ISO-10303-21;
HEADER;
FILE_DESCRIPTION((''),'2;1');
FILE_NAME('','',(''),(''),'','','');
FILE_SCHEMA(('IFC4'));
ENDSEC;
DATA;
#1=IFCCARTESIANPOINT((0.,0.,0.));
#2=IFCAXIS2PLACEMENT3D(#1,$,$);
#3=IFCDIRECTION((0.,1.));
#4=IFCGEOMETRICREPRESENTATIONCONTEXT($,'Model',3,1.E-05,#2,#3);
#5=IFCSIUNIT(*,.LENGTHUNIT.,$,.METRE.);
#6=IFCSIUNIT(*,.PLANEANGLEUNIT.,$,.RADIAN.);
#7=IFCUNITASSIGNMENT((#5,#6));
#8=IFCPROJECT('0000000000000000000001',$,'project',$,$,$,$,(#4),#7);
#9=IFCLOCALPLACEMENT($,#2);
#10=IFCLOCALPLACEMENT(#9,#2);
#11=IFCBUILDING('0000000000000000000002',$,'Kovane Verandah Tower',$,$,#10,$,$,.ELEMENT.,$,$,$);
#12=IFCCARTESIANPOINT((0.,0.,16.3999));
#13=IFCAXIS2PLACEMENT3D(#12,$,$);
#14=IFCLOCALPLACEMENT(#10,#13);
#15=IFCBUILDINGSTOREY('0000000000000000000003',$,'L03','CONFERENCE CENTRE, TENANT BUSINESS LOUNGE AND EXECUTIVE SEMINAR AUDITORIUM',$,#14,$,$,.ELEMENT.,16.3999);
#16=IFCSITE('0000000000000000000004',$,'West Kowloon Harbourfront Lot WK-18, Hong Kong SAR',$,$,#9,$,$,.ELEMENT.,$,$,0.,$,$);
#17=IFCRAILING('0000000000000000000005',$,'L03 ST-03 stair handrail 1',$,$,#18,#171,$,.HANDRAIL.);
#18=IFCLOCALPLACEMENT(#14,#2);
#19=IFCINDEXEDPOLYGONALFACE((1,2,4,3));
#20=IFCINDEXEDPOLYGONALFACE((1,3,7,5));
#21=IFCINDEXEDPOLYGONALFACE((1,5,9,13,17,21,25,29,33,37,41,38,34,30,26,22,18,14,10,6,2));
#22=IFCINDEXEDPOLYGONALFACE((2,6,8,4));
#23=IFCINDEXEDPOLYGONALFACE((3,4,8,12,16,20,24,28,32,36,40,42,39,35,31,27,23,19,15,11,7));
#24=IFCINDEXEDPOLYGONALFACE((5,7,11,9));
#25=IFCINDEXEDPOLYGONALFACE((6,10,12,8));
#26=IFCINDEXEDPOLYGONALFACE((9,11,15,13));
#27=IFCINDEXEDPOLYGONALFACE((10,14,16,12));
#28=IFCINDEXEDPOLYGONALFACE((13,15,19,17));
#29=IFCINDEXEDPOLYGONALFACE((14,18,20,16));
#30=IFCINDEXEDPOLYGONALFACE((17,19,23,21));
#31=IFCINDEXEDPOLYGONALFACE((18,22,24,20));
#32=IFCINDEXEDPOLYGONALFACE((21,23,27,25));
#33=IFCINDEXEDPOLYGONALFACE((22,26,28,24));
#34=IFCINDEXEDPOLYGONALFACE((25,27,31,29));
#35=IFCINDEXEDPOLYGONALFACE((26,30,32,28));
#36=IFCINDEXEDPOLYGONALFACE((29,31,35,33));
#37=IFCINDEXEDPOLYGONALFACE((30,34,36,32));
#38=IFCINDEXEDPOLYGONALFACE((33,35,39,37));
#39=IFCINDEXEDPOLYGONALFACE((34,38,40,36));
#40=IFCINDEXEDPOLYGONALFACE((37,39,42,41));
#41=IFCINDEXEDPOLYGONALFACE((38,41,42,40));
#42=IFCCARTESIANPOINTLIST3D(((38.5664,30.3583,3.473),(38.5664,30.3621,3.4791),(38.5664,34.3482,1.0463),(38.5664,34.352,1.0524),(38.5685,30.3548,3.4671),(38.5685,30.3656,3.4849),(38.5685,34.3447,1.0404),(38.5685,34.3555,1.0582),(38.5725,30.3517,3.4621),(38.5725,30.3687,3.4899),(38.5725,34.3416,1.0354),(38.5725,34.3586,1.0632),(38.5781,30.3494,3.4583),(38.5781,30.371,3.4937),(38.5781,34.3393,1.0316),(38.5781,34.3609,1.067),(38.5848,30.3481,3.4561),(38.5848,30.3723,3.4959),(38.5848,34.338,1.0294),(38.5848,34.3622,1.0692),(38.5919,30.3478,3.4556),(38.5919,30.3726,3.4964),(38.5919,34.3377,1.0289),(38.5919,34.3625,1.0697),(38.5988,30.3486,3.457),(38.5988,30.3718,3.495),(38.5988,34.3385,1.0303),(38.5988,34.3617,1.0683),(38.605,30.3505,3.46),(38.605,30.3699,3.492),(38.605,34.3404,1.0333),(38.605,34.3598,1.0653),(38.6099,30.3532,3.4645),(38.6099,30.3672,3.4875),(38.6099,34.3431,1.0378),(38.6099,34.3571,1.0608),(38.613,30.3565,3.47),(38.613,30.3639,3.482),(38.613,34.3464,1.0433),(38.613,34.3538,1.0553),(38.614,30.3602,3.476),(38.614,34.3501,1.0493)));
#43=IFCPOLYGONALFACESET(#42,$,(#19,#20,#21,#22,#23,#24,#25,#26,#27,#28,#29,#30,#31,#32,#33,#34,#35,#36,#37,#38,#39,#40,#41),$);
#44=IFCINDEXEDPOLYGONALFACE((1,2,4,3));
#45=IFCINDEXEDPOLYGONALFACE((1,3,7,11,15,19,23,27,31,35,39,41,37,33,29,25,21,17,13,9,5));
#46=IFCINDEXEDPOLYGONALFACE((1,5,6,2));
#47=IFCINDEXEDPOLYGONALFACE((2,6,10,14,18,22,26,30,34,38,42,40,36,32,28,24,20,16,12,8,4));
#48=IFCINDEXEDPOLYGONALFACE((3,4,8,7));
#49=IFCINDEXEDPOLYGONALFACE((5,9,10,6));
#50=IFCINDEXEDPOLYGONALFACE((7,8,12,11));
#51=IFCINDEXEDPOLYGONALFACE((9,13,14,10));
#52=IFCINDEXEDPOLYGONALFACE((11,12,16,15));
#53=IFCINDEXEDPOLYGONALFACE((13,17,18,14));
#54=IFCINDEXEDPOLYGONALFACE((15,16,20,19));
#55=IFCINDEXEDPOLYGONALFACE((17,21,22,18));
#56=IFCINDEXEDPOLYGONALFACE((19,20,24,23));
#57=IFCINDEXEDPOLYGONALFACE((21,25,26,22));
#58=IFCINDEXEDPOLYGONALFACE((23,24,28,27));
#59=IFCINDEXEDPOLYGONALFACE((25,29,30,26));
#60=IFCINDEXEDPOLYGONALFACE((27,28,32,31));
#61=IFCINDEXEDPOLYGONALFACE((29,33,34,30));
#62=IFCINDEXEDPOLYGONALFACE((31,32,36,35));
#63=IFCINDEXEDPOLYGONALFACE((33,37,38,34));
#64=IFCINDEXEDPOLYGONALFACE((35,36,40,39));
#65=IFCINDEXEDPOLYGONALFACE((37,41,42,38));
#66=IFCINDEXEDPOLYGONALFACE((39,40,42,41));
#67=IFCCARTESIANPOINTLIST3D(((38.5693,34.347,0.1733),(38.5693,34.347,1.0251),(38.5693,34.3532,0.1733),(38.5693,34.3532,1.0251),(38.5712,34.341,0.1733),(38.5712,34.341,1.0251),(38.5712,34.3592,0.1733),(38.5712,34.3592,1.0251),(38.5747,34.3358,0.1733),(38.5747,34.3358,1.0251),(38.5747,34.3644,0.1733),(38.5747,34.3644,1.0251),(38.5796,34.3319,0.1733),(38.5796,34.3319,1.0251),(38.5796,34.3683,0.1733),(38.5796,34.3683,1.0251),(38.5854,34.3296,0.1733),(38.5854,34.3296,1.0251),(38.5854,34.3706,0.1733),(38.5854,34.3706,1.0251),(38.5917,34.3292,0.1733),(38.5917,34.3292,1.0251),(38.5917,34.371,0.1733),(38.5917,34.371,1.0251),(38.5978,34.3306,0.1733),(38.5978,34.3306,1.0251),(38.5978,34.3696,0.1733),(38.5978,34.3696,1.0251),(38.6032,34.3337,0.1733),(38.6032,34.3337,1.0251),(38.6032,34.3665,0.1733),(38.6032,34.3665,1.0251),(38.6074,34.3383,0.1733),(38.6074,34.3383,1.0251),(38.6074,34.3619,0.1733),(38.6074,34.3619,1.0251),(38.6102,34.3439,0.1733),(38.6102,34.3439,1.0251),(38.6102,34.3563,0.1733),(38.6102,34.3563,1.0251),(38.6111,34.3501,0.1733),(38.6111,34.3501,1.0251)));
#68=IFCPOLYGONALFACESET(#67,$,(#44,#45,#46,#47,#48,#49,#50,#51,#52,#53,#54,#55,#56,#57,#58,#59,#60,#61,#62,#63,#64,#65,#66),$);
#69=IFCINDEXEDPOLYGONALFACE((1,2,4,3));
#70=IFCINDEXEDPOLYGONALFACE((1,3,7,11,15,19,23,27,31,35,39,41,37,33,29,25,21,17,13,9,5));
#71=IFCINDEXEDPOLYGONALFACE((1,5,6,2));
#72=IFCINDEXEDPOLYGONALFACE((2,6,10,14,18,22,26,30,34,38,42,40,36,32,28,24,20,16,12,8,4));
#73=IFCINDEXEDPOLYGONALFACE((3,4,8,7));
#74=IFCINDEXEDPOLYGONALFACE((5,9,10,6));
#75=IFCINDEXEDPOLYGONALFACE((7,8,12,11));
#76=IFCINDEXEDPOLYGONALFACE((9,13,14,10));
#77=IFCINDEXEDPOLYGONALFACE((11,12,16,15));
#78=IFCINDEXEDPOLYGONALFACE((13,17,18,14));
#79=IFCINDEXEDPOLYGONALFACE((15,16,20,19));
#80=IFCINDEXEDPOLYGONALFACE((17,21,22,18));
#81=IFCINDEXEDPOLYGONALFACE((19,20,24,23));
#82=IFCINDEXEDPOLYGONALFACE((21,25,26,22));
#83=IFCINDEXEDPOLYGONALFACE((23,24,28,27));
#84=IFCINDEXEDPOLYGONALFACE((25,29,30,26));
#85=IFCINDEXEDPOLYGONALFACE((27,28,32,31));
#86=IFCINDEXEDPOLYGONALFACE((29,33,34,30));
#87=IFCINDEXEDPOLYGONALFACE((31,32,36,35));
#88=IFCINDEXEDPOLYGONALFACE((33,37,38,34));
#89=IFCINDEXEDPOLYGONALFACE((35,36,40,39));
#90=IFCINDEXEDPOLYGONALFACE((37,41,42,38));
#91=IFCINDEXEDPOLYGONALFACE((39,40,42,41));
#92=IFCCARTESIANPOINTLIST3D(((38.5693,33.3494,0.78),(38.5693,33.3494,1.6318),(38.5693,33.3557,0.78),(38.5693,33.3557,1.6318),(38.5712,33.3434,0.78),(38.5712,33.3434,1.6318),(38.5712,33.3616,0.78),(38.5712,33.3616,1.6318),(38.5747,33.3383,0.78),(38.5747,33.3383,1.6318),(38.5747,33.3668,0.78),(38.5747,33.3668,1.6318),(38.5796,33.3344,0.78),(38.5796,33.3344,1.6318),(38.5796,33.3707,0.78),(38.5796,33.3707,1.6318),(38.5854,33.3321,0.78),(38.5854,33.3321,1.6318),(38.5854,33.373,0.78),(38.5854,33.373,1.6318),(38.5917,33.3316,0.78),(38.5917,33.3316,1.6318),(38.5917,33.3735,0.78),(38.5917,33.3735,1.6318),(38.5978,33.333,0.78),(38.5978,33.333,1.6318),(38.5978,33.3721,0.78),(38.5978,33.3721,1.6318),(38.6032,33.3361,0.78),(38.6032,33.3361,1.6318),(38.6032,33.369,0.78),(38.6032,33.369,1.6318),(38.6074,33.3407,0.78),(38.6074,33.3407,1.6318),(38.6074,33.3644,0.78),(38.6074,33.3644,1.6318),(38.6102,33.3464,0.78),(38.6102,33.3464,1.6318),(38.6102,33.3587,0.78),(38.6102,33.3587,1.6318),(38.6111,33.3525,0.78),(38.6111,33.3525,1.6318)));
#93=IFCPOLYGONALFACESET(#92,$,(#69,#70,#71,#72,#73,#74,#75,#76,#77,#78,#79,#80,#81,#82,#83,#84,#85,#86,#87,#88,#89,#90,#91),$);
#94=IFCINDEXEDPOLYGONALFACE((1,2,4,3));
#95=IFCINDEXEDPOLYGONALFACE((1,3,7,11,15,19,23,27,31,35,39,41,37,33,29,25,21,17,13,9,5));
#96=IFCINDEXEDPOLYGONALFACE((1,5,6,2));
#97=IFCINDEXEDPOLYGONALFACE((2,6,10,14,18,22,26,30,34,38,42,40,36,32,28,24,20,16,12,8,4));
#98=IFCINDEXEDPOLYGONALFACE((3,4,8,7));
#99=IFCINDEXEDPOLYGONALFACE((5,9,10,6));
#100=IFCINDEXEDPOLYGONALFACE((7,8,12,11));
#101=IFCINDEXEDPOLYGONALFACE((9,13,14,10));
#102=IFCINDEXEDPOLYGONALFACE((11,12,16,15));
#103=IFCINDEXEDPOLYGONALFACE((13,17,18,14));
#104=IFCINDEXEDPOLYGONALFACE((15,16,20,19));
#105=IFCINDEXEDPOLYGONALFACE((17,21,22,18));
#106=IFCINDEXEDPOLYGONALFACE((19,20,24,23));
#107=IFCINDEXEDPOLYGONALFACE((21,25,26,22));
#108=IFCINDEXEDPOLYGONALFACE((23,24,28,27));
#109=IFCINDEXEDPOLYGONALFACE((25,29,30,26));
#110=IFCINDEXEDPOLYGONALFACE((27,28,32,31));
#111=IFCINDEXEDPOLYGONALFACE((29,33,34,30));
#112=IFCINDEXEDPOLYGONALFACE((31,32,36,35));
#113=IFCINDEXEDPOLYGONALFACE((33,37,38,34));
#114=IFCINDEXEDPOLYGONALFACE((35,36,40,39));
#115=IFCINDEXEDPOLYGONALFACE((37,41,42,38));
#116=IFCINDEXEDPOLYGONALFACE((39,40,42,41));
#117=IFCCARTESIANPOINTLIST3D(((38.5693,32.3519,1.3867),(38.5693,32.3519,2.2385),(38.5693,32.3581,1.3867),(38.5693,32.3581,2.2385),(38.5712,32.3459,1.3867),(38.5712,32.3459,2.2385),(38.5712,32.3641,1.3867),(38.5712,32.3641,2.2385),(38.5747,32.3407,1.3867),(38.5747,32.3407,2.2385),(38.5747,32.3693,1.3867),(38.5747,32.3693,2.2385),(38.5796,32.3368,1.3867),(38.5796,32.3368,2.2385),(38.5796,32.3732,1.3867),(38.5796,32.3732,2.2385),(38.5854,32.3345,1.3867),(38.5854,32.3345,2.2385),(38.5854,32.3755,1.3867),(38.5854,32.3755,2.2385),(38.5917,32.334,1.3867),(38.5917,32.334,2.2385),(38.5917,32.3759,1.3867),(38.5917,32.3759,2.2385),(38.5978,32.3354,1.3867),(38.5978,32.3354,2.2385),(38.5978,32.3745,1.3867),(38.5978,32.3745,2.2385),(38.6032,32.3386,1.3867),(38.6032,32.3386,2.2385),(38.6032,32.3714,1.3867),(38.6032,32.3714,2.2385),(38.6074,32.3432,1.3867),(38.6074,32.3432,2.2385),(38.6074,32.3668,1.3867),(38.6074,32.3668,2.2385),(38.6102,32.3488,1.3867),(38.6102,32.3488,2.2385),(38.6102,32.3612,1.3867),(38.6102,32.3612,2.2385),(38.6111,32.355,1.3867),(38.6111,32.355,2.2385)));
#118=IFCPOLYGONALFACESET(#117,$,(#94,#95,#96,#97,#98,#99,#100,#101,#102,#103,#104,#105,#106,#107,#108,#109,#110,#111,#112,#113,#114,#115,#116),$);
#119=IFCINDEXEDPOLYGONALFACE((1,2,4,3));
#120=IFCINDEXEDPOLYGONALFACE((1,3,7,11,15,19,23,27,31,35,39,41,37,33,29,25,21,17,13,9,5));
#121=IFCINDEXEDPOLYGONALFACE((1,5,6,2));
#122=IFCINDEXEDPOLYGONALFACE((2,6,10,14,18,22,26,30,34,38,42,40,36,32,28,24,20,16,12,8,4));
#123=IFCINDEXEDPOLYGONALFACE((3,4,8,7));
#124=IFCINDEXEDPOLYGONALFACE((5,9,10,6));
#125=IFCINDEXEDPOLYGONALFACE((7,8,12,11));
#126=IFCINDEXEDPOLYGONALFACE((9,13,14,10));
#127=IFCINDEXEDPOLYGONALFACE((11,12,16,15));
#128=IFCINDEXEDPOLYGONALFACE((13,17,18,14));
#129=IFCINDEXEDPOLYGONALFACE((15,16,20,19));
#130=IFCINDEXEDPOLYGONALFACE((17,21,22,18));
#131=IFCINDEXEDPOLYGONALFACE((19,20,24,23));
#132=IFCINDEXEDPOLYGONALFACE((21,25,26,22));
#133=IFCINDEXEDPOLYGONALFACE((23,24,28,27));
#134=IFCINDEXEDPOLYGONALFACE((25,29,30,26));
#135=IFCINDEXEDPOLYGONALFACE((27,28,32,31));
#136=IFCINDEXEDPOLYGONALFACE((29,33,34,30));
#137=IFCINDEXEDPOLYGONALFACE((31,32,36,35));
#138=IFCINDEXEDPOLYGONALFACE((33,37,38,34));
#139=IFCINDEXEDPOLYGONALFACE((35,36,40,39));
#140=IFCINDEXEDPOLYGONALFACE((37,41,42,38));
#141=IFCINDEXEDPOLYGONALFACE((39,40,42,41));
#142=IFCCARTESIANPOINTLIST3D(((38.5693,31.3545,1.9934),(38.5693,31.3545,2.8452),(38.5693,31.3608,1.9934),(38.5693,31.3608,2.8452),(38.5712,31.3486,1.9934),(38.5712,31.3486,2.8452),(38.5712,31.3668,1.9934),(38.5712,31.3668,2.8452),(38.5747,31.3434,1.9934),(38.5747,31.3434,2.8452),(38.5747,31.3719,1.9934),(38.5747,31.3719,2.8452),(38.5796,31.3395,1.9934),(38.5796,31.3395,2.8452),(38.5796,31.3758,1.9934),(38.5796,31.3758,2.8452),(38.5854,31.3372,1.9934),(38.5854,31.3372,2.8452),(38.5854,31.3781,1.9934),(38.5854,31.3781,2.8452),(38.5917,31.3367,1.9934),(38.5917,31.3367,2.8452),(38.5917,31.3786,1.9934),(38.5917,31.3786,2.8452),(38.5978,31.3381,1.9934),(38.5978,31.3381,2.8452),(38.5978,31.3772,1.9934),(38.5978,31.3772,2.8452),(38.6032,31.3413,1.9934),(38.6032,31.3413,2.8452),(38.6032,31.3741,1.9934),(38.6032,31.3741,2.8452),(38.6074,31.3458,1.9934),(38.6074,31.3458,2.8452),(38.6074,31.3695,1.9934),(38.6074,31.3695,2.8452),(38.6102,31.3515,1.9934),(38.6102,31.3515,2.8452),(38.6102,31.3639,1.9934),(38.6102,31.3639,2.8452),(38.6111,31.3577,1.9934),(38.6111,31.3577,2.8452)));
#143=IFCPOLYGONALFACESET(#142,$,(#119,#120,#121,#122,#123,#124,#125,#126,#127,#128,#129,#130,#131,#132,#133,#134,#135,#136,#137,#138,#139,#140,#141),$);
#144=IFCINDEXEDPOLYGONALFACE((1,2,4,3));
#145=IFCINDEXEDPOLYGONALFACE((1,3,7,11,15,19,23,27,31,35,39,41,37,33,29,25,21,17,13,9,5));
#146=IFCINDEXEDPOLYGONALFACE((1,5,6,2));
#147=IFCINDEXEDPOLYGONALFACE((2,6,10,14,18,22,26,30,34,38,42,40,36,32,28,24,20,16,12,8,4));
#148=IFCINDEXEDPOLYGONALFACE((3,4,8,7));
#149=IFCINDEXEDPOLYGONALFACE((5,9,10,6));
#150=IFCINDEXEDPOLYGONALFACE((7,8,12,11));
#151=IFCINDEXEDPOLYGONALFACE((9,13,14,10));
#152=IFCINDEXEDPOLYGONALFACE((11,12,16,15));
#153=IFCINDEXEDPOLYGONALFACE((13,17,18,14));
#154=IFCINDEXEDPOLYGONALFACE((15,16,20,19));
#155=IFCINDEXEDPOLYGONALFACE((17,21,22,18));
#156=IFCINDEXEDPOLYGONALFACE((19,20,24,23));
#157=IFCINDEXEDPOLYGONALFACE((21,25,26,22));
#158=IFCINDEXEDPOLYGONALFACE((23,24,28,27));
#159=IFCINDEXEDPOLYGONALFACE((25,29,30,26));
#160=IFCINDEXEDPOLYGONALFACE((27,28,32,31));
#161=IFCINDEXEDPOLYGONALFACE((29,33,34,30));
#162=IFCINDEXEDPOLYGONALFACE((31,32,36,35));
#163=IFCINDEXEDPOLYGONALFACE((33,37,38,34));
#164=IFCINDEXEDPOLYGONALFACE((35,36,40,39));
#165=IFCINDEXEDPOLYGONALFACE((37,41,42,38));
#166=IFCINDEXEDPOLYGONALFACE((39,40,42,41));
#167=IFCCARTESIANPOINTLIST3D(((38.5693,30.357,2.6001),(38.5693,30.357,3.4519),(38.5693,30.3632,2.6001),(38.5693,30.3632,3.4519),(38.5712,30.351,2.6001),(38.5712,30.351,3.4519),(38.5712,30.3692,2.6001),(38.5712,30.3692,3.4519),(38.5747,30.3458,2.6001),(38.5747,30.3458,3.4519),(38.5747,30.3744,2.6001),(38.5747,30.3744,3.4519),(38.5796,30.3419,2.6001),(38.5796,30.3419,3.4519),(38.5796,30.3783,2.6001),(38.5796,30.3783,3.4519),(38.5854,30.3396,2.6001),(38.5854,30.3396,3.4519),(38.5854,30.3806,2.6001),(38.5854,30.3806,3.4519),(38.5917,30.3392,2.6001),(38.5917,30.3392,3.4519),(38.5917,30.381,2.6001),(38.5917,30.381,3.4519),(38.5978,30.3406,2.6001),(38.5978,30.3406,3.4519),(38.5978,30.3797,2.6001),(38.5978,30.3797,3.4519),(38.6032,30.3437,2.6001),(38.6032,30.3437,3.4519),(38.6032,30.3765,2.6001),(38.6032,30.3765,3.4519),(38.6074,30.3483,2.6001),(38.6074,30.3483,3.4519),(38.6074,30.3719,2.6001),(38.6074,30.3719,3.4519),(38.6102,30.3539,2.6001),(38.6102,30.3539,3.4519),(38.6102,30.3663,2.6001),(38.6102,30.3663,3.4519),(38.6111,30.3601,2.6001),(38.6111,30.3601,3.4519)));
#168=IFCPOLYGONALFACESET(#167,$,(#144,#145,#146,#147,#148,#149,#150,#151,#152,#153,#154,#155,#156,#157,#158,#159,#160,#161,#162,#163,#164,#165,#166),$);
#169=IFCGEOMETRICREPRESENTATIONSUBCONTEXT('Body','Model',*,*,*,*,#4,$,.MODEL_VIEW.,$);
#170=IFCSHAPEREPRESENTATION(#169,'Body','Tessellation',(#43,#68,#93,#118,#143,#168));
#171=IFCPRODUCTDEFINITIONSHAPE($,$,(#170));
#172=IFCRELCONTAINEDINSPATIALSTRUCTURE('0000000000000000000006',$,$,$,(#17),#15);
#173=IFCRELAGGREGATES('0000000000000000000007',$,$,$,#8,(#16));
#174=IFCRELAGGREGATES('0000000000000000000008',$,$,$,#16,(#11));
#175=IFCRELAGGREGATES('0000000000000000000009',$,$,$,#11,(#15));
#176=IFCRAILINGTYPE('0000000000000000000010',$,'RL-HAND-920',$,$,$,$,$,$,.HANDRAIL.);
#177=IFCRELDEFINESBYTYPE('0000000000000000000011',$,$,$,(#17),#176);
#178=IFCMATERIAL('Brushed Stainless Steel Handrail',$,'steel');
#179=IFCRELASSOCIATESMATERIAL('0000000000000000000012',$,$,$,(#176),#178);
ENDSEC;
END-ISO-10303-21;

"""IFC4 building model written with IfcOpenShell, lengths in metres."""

from ifc_helpers import new_model, si_unit, direction, frame, origin, origin_2d, place, context, subcontext, project, spatial, circle, extrude, material, type_object, element, save


model = new_model("IFC4")

# Units and contexts
model_context = context("Model", 3, precision=1e-05, world=origin(), true_north=direction((0.0, 1.0)))
body_context = subcontext(model_context, "Body", "Model", "MODEL_VIEW")
ifc_project = project(units=[si_unit("LENGTHUNIT", "METRE"), si_unit("PLANEANGLEUNIT", "RADIAN")], contexts=[model_context])

# Site, building, storey
site_placement = place(None, origin())
site = spatial("IfcSite", under=ifc_project, at=site_placement, Name="West Kowloon Harbourfront Lot WK-18, Hong Kong SAR", CompositionType="ELEMENT", RefElevation=0.0)
building_placement = place(site_placement, origin())
building = spatial("IfcBuilding", under=site, at=building_placement, Name="Kovane Verandah Tower", CompositionType="ELEMENT")
storey_placement = place(building_placement, frame((0.0, 0.0, 16.3999)))
storey = spatial("IfcBuildingStorey", under=building, at=storey_placement, Name="L03", Description="CONFERENCE CENTRE, TENANT BUSINESS LOUNGE AND EXECUTIVE SEMINAR AUDITORIUM", CompositionType="ELEMENT", Elevation=16.3999)

# Railing
ifc_material_1 = material(Name="Brushed Stainless Steel Handrail", Category="steel")
railing_type_1 = type_object("IfcRailingType", Name="RL-HAND-920", PredefinedType="HANDRAIL", material=ifc_material_1)
for number, where, name in (
    (1, (38.5901, 34.3501, 0.1733), "L03 ST-03 stair handrail 1"),
):
    element("IfcRailing", number, at=place(storey_placement, frame(where)), inside=storey, type_object=railing_type_1, Name=name, PredefinedType="HANDRAIL", context=body_context, shape_type="SweptSolid", body=[
        extrude(circle(Radius=0.0239, at=origin_2d()), frame((0.0, 0.0, 0.876), z_axis=(0.0, -0.854382, 0.519645), x_axis=(1.0, 0.0, 0.0)), (0.0, 0.0, 1.0), 4.6699),
        extrude(circle(Radius=0.021, at=origin_2d()), origin(), (0.0, 0.0, 1.0), 0.8518),
        extrude(circle(Radius=0.021, at=origin_2d()), frame((0.0, -0.9976, 0.6067)), (0.0, 0.0, 1.0), 0.8518),
        extrude(circle(Radius=0.021, at=origin_2d()), frame((0.0, -1.9951, 1.2134)), (0.0, 0.0, 1.0), 0.8518),
        extrude(circle(Radius=0.021, at=origin_2d()), frame((0.0, -2.9924, 1.8201)), (0.0, 0.0, 1.0), 0.8518),
        extrude(circle(Radius=0.021, at=origin_2d()), frame((0.0, -3.99, 2.4268)), (0.0, 0.0, 1.0), 0.8518),
    ])

save(model, "model.ifc")
